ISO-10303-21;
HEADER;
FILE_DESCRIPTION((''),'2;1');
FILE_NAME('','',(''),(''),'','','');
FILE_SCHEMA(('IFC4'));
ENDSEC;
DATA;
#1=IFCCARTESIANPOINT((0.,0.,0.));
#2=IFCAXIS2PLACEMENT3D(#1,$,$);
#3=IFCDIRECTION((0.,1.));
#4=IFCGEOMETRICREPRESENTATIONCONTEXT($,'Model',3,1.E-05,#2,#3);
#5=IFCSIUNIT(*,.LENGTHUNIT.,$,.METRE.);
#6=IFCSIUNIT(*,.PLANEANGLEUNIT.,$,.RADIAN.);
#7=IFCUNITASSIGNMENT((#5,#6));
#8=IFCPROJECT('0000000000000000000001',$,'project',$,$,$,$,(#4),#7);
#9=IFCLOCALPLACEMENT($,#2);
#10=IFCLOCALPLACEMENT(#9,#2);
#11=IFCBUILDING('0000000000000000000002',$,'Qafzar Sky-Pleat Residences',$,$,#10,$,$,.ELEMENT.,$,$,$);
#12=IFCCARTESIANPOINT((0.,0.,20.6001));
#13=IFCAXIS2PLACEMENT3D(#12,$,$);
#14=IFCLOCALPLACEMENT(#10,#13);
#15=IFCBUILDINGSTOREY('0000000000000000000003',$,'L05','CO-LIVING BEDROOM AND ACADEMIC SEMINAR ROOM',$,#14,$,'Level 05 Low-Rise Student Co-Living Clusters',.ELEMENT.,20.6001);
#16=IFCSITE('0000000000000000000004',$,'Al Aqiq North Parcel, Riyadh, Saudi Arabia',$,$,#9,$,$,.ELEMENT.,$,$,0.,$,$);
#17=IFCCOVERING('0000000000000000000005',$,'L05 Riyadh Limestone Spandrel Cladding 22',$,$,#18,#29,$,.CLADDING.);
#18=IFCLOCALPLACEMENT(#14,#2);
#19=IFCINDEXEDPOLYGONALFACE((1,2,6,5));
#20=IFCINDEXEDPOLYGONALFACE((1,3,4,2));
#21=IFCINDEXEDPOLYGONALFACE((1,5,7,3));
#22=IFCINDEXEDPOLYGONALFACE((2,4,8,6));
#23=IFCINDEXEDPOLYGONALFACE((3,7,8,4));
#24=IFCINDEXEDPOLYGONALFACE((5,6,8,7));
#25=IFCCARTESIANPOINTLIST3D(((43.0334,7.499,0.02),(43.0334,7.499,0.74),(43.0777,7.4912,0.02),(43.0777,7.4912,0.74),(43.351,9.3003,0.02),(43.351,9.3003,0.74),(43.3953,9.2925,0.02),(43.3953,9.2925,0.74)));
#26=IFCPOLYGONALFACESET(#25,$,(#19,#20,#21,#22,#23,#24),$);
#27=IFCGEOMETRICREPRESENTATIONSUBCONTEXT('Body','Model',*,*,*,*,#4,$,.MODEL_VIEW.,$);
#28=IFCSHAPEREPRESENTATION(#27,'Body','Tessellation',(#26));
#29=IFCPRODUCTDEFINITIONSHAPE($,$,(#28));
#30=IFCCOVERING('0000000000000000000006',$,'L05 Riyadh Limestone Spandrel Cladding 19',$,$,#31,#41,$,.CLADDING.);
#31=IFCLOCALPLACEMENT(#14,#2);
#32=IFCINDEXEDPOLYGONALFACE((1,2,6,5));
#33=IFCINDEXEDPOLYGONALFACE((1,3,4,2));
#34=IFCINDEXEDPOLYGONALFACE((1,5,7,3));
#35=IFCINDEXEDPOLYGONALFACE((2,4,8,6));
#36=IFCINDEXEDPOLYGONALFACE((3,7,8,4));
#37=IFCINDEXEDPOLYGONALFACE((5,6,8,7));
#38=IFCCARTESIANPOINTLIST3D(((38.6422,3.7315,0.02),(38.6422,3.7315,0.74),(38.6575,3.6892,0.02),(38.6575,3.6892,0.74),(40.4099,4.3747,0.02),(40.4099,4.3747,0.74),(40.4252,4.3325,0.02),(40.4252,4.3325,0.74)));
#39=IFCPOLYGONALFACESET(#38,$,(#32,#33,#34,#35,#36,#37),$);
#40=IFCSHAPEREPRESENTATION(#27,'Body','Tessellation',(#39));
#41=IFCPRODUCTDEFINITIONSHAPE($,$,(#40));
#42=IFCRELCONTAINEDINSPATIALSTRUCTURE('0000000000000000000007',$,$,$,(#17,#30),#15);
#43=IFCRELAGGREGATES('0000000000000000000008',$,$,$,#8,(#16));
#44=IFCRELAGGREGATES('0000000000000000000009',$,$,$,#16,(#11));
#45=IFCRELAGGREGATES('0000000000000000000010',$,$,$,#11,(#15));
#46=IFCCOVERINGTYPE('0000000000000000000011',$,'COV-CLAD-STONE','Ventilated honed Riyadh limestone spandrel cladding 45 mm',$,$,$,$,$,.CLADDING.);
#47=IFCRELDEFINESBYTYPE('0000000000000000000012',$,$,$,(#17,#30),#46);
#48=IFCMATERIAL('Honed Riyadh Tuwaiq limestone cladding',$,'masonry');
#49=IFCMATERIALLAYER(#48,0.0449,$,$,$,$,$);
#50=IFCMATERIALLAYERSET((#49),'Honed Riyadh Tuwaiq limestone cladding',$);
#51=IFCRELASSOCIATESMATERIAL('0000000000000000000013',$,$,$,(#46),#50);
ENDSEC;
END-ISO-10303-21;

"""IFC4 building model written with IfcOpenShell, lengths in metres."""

from ifc_helpers import new_model, si_unit, direction, frame, origin, origin_2d, place, context, subcontext, project, spatial, rectangle, extrude, source, transform, mapped, material, layer, layer_set, type_object, element, save


model = new_model("IFC4")

# Units and contexts
model_context = context("Model", 3, precision=1e-05, world=origin(), true_north=direction((0.0, 1.0)))
body_context = subcontext(model_context, "Body", "Model", "MODEL_VIEW")
ifc_project = project(units=[si_unit("LENGTHUNIT", "METRE"), si_unit("PLANEANGLEUNIT", "RADIAN")], contexts=[model_context])

# Site, building, storey
site_placement = place(None, origin())
site = spatial("IfcSite", under=ifc_project, at=site_placement, Name="Al Aqiq North Parcel, Riyadh, Saudi Arabia", CompositionType="ELEMENT", RefElevation=0.0)
building_placement = place(site_placement, origin())
building = spatial("IfcBuilding", under=site, at=building_placement, Name="Qafzar Sky-Pleat Residences", CompositionType="ELEMENT")
storey_placement = place(building_placement, frame((0.0, 0.0, 20.6001)))
storey = spatial("IfcBuildingStorey", under=building, at=storey_placement, Name="L05", Description="CO-LIVING BEDROOM AND ACADEMIC SEMINAR ROOM", LongName="Level 05 Low-Rise Student Co-Living Clusters", CompositionType="ELEMENT", Elevation=20.6001)

# Covering
ifc_material_1 = material(Name="Honed Riyadh Tuwaiq limestone cladding", Category="masonry")
ifc_layer_1 = layer(ifc_material_1, 0.0449)
ifc_layer_set_1 = layer_set([ifc_layer_1], Name="Honed Riyadh Tuwaiq limestone cladding")
covering_type = type_object("IfcCoveringType", Name="COV-CLAD-STONE", Description="Ventilated honed Riyadh limestone spandrel cladding 45 mm", PredefinedType="CLADDING", material=ifc_layer_set_1)
shared_shape_1 = source(origin(), body_context, "Body", "SweptSolid", [
    extrude(rectangle(XDim=1.8291, YDim=0.0449, at=origin_2d()), origin(), (0.0, 0.0, 1.0), 0.72),
])
covering_1_placement = place(storey_placement, frame((43.2144, 8.3958, 0.02), z_axis=(0.0, 0.0, 1.0), x_axis=(0.173648, 0.984808, 0.0)))
element("IfcCovering", 1, at=covering_1_placement, inside=storey, type_object=covering_type, Name="L05 Riyadh Limestone Spandrel Cladding 22", PredefinedType="CLADDING", context=body_context, shape_type="MappedRepresentation", body=[
    mapped(shared_shape_1, transform((0.0, 0.0, 0.0), x_axis=(1.0, 0.0, 0.0), y_axis=(0.0, 1.0, 0.0), z_axis=(0.0, 0.0, 1.0), scale=1.0)),
])

# Covering
shared_shape_2 = source(origin(), body_context, "Body", "SweptSolid", [
    extrude(rectangle(XDim=1.8811, YDim=0.0449, at=origin_2d()), origin(), (0.0, 0.0, 1.0), 0.72),
])
covering_2_placement = place(storey_placement, frame((39.5337, 4.032, 0.02), z_axis=(0.0, 0.0, 1.0), x_axis=(0.939715, 0.341958, 0.0)))
element("IfcCovering", 2, at=covering_2_placement, inside=storey, type_object=covering_type, Name="L05 Riyadh Limestone Spandrel Cladding 19", PredefinedType="CLADDING", context=body_context, shape_type="MappedRepresentation", body=[
    mapped(shared_shape_2, transform((0.0, 0.0, 0.0), x_axis=(1.0, 0.0, 0.0), y_axis=(0.0, 1.0, 0.0), z_axis=(0.0, 0.0, 1.0), scale=1.0)),
])

save(model, "model.ifc")
